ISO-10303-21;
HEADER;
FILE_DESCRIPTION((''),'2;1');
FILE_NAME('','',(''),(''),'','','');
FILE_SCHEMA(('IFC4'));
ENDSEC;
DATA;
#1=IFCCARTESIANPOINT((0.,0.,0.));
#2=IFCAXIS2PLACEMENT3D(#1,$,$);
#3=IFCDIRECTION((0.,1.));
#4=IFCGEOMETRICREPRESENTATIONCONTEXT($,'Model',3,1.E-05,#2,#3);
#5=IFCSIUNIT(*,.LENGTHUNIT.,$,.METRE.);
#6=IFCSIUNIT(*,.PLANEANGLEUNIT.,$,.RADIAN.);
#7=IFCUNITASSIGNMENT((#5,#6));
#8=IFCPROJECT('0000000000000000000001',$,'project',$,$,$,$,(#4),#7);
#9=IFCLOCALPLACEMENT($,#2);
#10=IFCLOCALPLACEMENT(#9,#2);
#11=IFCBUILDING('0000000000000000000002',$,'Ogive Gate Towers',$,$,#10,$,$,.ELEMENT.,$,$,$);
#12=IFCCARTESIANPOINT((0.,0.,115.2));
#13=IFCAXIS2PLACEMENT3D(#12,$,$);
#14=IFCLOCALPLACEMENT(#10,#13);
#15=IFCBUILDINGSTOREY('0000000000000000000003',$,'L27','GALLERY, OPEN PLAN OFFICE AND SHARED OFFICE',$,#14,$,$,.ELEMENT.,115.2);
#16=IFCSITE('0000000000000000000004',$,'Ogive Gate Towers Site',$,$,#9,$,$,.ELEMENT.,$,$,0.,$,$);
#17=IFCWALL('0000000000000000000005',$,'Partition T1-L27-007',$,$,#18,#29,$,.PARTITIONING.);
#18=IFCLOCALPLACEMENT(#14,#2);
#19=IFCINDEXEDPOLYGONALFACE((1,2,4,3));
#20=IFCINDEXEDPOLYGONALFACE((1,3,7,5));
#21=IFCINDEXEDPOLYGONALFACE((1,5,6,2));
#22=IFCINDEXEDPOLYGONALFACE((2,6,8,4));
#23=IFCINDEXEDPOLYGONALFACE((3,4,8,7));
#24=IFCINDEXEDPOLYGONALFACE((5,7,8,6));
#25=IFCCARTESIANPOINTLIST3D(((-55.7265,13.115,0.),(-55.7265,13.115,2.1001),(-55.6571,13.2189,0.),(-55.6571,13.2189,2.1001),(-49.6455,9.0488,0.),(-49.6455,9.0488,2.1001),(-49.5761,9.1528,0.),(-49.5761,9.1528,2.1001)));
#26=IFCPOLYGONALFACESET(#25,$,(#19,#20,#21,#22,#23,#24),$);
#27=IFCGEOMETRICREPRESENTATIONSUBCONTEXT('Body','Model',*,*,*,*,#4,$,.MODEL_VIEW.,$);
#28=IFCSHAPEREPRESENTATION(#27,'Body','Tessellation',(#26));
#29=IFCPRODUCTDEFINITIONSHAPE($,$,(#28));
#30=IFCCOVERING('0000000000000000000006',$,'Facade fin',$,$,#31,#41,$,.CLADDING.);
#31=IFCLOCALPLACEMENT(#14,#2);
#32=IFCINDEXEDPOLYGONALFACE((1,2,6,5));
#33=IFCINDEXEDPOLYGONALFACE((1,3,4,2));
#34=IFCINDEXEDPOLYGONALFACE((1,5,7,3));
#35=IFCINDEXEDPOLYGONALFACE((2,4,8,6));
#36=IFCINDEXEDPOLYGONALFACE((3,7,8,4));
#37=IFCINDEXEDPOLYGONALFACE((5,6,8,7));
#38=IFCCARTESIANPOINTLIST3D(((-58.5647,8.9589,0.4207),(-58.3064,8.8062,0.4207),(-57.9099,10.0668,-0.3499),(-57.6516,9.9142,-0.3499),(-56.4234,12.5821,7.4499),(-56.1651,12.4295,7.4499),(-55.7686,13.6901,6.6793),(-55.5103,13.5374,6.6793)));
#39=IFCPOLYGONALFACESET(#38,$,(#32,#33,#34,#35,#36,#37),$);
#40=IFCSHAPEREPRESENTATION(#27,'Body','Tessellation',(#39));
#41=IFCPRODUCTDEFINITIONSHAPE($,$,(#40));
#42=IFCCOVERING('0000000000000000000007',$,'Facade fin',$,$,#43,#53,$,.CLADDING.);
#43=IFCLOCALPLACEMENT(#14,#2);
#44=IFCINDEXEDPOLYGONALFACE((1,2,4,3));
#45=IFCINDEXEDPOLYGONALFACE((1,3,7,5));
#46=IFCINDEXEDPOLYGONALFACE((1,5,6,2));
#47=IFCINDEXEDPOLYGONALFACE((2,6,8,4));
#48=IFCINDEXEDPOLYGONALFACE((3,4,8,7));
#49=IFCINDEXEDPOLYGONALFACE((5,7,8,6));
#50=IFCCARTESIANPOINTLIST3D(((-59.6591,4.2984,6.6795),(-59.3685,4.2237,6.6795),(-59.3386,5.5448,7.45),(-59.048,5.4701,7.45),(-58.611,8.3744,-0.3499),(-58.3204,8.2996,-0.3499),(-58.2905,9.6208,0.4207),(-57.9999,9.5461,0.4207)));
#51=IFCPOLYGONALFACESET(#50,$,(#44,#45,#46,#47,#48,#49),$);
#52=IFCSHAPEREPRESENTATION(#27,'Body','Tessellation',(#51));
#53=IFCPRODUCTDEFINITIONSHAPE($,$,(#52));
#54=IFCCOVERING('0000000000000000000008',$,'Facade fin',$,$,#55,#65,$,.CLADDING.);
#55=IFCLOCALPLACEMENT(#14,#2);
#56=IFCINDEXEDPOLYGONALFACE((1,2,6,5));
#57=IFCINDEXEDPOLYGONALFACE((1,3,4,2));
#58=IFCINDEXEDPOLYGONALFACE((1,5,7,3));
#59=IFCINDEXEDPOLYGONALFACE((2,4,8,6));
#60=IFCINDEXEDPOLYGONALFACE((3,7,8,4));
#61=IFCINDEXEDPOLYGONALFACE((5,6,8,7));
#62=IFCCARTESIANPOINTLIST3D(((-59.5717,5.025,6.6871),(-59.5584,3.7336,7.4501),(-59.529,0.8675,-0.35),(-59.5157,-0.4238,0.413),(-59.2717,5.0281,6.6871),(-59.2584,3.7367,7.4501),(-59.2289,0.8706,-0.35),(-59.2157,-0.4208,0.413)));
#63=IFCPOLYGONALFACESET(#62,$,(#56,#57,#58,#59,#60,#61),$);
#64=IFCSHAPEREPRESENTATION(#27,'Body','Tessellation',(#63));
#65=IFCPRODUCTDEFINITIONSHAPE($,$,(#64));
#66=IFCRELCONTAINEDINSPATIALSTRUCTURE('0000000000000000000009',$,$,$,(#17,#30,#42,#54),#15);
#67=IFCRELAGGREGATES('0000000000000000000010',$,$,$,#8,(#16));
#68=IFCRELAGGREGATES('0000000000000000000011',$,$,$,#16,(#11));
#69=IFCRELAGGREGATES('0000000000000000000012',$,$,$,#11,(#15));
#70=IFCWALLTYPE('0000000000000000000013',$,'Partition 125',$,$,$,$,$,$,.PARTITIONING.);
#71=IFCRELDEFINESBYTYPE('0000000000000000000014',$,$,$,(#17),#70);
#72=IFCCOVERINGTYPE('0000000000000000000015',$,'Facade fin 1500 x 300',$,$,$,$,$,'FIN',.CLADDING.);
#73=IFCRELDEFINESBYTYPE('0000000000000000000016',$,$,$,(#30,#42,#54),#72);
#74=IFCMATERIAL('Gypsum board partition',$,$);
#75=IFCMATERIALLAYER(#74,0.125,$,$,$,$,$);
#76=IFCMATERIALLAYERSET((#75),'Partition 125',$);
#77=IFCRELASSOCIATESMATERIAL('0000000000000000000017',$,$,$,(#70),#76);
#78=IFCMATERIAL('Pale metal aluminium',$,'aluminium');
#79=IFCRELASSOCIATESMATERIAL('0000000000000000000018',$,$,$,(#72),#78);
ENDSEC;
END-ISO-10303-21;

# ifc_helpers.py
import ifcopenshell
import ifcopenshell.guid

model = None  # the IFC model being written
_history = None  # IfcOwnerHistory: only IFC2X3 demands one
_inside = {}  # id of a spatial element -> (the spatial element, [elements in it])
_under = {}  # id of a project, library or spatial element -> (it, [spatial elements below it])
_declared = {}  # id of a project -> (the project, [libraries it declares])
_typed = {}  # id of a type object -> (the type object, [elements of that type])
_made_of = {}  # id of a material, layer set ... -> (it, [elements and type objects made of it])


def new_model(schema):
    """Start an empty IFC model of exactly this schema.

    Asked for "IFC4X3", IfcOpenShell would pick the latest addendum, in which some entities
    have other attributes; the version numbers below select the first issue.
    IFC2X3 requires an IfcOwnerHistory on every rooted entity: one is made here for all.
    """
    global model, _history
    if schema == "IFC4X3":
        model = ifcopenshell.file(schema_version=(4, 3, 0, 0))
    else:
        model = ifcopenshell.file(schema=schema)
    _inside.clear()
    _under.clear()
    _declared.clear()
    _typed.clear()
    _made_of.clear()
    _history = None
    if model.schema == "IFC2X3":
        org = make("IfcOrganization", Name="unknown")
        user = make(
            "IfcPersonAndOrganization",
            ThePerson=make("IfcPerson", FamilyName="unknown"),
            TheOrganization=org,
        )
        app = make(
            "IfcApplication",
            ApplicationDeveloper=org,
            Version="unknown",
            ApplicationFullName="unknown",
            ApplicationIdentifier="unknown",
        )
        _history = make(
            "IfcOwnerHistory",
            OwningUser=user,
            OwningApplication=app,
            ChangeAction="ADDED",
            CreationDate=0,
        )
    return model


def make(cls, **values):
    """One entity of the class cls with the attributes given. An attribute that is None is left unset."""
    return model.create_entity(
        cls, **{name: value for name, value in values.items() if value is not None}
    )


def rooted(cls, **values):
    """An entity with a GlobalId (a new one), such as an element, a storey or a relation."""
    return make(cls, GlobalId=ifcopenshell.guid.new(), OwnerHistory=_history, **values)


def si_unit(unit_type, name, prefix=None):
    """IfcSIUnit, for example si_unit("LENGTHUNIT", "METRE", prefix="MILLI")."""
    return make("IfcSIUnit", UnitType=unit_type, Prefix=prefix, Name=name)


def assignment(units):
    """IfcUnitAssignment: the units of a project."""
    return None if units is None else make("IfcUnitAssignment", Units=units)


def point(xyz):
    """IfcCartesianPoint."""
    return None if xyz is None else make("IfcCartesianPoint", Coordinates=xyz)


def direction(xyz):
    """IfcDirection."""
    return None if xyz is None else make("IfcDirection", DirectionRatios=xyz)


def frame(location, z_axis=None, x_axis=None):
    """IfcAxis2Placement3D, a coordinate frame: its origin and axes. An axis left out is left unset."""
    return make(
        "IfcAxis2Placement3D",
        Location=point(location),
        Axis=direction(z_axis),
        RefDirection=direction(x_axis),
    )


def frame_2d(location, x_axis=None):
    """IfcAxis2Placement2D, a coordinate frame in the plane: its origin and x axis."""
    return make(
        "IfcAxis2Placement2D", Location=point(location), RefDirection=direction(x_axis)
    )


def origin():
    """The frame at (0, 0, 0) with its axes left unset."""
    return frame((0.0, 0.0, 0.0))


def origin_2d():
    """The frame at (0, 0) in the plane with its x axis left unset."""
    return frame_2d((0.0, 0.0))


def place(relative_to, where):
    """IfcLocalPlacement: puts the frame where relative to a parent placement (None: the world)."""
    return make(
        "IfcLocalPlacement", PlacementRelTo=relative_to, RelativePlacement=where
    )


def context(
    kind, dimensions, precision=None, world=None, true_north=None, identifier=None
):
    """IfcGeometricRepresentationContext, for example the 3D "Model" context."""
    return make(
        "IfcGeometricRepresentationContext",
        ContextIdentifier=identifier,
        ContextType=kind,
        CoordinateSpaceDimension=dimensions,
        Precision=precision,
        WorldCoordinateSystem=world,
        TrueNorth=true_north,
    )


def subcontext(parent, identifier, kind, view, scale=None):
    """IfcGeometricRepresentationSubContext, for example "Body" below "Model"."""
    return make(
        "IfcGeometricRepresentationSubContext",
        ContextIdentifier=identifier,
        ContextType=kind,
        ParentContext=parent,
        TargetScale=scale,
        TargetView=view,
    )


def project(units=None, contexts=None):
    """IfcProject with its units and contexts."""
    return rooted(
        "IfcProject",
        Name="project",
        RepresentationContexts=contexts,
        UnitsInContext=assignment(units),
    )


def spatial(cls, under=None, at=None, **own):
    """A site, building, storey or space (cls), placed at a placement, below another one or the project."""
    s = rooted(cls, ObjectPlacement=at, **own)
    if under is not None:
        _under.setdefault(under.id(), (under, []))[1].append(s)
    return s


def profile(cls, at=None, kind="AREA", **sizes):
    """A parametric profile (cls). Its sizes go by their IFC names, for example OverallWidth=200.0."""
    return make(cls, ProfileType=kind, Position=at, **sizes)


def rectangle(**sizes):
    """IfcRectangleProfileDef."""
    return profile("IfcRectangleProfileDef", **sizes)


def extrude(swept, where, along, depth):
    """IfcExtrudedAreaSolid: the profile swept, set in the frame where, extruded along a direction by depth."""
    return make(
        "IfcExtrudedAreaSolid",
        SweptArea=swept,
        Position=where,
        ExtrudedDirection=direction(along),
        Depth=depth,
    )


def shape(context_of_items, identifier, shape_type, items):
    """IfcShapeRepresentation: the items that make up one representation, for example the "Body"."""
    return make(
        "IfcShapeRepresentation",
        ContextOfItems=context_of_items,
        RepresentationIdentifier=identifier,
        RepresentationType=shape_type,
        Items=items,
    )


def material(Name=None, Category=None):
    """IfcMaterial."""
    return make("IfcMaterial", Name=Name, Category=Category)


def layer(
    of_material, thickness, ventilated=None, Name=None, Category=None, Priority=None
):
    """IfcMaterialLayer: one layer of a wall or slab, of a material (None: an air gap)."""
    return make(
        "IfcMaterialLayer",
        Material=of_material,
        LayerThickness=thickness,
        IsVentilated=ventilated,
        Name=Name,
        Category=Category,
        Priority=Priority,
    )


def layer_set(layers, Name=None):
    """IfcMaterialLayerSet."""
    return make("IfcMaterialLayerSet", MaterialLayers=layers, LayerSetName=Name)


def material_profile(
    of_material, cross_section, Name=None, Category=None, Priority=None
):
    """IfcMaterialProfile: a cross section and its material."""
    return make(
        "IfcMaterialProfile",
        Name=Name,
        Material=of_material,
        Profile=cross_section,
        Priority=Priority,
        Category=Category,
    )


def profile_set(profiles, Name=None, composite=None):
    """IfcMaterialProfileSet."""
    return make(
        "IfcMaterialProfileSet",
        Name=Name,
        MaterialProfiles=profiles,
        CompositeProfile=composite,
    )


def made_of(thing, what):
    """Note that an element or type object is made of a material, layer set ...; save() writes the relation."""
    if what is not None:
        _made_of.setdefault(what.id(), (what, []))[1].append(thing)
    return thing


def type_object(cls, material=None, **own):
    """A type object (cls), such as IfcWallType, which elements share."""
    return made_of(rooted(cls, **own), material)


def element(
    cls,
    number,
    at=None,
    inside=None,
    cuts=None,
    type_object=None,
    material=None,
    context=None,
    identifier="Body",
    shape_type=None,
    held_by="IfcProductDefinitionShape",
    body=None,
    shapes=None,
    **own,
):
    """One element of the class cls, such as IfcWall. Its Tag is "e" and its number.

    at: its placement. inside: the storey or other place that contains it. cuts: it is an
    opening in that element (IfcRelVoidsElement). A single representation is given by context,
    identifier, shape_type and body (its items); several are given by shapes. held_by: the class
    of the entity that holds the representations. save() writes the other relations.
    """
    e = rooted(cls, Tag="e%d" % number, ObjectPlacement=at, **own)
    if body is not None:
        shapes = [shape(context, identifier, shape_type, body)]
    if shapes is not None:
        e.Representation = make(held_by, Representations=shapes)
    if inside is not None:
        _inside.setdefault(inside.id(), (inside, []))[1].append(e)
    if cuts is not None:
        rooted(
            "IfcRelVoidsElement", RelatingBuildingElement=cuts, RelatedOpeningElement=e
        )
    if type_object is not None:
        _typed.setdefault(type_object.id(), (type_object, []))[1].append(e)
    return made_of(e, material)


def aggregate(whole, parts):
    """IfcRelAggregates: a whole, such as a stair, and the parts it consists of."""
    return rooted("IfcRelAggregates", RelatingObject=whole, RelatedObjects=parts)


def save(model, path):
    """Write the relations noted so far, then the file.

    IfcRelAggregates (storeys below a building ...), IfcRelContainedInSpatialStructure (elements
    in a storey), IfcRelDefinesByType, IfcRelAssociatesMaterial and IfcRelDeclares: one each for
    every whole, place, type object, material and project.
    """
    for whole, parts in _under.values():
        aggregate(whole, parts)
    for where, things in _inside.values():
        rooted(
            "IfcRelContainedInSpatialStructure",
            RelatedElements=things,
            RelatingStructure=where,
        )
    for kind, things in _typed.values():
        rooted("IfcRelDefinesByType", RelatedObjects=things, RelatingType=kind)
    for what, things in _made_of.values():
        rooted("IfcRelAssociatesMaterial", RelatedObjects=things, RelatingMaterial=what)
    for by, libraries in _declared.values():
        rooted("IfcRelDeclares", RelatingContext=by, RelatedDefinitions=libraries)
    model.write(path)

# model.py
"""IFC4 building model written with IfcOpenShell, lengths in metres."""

from ifc_helpers import new_model, si_unit, direction, frame, frame_2d, origin, origin_2d, place, context, subcontext, project, spatial, rectangle, extrude, material, layer, layer_set, material_profile, profile_set, type_object, element, save


model = new_model("IFC4")

# Units and contexts
model_context = context("Model", 3, precision=1e-05, world=origin(), true_north=direction((0.0, 1.0)))
body_context = subcontext(model_context, "Body", "Model", "MODEL_VIEW")
ifc_project = project(units=[si_unit("LENGTHUNIT", "METRE"), si_unit("PLANEANGLEUNIT", "RADIAN")], contexts=[model_context])

# Site, building, storey
site_placement = place(None, origin())
site = spatial("IfcSite", under=ifc_project, at=site_placement, Name="Ogive Gate Towers Site", CompositionType="ELEMENT", RefElevation=0.0)
building_placement = place(site_placement, origin())
building = spatial("IfcBuilding", under=site, at=building_placement, Name="Ogive Gate Towers", CompositionType="ELEMENT")
storey_placement = place(building_placement, frame((0.0, 0.0, 115.2)))
storey = spatial("IfcBuildingStorey", under=building, at=storey_placement, Name="L27", Description="GALLERY, OPEN PLAN OFFICE AND SHARED OFFICE", CompositionType="ELEMENT", Elevation=115.2)

# Shared definitions
ifc_material_1 = material(Name="Pale metal aluminium", Category="aluminium")

# Wall
ifc_material_2 = material(Name="Gypsum board partition")
ifc_layer_1 = layer(ifc_material_2, 0.125)
ifc_layer_set_1 = layer_set([ifc_layer_1], Name="Partition 125")
wall_type = type_object("IfcWallType", Name="Partition 125", PredefinedType="PARTITIONING", material=ifc_layer_set_1)
wall_placement = place(storey_placement, frame((-55.6919, 13.167, 0.0), z_axis=(0.0, 0.0, 1.0), x_axis=(0.831284, -0.555847, 0.0)))
element("IfcWall", 1, at=wall_placement, inside=storey, type_object=wall_type, Name="Partition T1-L27-007", PredefinedType="PARTITIONING", context=body_context, shape_type="SweptSolid", body=[
    extrude(rectangle(XDim=7.3152, YDim=0.125, at=frame_2d((3.6577, 0.0))), origin(), (0.0, 0.0, 1.0), 2.1001),
])

# Coverings
ifc_material_profile_1 = material_profile(ifc_material_1, rectangle(XDim=0.3, YDim=1.5, at=origin_2d()), Name="1500 x 300 pale metal aluminium")
ifc_profile_set_1 = profile_set([ifc_material_profile_1], Name="Pale metal aluminium")
covering_type = type_object("IfcCoveringType", Name="Facade fin 1500 x 300", ElementType="FIN", PredefinedType="CLADDING", material=ifc_profile_set_1)
for number, where, z_axis, x_axis, name in (
    (2, (-58.1082, 9.4365, 0.0354), (0.261365, 0.442244, 0.857967), (-0.860893, 0.508786, 0.0), "Facade fin"),
    (3, (-58.3054, 8.9602, 0.0354), (-0.127928, -0.497498, 0.85798), (0.968493, -0.249041, 0.0), "Facade fin"),
):
    element("IfcCovering", number, at=place(storey_placement, frame(where, z_axis=z_axis, x_axis=x_axis)), inside=storey, type_object=covering_type, Name=name, PredefinedType="CLADDING", context=body_context, shape_type="SweptSolid", body=[
        extrude(rectangle(XDim=0.3, YDim=1.5, at=origin_2d()), origin(), (0.0, 0.0, 1.0), 8.1929),
    ])
covering_placement = place(storey_placement, frame((-59.3723, 0.2234, 0.0315), z_axis=(-0.005227, 0.508648, 0.860959), x_axis=(-0.999947, -0.010276, 0.0)))
element("IfcCovering", 4, at=covering_placement, inside=storey, type_object=covering_type, Name="Facade fin", PredefinedType="CLADDING", context=body_context, shape_type="SweptSolid", body=[
    extrude(rectangle(XDim=0.3, YDim=1.5, at=origin_2d()), origin(), (0.0, 0.0, 1.0), 8.1736),
])

save(model, "model.ifc")
